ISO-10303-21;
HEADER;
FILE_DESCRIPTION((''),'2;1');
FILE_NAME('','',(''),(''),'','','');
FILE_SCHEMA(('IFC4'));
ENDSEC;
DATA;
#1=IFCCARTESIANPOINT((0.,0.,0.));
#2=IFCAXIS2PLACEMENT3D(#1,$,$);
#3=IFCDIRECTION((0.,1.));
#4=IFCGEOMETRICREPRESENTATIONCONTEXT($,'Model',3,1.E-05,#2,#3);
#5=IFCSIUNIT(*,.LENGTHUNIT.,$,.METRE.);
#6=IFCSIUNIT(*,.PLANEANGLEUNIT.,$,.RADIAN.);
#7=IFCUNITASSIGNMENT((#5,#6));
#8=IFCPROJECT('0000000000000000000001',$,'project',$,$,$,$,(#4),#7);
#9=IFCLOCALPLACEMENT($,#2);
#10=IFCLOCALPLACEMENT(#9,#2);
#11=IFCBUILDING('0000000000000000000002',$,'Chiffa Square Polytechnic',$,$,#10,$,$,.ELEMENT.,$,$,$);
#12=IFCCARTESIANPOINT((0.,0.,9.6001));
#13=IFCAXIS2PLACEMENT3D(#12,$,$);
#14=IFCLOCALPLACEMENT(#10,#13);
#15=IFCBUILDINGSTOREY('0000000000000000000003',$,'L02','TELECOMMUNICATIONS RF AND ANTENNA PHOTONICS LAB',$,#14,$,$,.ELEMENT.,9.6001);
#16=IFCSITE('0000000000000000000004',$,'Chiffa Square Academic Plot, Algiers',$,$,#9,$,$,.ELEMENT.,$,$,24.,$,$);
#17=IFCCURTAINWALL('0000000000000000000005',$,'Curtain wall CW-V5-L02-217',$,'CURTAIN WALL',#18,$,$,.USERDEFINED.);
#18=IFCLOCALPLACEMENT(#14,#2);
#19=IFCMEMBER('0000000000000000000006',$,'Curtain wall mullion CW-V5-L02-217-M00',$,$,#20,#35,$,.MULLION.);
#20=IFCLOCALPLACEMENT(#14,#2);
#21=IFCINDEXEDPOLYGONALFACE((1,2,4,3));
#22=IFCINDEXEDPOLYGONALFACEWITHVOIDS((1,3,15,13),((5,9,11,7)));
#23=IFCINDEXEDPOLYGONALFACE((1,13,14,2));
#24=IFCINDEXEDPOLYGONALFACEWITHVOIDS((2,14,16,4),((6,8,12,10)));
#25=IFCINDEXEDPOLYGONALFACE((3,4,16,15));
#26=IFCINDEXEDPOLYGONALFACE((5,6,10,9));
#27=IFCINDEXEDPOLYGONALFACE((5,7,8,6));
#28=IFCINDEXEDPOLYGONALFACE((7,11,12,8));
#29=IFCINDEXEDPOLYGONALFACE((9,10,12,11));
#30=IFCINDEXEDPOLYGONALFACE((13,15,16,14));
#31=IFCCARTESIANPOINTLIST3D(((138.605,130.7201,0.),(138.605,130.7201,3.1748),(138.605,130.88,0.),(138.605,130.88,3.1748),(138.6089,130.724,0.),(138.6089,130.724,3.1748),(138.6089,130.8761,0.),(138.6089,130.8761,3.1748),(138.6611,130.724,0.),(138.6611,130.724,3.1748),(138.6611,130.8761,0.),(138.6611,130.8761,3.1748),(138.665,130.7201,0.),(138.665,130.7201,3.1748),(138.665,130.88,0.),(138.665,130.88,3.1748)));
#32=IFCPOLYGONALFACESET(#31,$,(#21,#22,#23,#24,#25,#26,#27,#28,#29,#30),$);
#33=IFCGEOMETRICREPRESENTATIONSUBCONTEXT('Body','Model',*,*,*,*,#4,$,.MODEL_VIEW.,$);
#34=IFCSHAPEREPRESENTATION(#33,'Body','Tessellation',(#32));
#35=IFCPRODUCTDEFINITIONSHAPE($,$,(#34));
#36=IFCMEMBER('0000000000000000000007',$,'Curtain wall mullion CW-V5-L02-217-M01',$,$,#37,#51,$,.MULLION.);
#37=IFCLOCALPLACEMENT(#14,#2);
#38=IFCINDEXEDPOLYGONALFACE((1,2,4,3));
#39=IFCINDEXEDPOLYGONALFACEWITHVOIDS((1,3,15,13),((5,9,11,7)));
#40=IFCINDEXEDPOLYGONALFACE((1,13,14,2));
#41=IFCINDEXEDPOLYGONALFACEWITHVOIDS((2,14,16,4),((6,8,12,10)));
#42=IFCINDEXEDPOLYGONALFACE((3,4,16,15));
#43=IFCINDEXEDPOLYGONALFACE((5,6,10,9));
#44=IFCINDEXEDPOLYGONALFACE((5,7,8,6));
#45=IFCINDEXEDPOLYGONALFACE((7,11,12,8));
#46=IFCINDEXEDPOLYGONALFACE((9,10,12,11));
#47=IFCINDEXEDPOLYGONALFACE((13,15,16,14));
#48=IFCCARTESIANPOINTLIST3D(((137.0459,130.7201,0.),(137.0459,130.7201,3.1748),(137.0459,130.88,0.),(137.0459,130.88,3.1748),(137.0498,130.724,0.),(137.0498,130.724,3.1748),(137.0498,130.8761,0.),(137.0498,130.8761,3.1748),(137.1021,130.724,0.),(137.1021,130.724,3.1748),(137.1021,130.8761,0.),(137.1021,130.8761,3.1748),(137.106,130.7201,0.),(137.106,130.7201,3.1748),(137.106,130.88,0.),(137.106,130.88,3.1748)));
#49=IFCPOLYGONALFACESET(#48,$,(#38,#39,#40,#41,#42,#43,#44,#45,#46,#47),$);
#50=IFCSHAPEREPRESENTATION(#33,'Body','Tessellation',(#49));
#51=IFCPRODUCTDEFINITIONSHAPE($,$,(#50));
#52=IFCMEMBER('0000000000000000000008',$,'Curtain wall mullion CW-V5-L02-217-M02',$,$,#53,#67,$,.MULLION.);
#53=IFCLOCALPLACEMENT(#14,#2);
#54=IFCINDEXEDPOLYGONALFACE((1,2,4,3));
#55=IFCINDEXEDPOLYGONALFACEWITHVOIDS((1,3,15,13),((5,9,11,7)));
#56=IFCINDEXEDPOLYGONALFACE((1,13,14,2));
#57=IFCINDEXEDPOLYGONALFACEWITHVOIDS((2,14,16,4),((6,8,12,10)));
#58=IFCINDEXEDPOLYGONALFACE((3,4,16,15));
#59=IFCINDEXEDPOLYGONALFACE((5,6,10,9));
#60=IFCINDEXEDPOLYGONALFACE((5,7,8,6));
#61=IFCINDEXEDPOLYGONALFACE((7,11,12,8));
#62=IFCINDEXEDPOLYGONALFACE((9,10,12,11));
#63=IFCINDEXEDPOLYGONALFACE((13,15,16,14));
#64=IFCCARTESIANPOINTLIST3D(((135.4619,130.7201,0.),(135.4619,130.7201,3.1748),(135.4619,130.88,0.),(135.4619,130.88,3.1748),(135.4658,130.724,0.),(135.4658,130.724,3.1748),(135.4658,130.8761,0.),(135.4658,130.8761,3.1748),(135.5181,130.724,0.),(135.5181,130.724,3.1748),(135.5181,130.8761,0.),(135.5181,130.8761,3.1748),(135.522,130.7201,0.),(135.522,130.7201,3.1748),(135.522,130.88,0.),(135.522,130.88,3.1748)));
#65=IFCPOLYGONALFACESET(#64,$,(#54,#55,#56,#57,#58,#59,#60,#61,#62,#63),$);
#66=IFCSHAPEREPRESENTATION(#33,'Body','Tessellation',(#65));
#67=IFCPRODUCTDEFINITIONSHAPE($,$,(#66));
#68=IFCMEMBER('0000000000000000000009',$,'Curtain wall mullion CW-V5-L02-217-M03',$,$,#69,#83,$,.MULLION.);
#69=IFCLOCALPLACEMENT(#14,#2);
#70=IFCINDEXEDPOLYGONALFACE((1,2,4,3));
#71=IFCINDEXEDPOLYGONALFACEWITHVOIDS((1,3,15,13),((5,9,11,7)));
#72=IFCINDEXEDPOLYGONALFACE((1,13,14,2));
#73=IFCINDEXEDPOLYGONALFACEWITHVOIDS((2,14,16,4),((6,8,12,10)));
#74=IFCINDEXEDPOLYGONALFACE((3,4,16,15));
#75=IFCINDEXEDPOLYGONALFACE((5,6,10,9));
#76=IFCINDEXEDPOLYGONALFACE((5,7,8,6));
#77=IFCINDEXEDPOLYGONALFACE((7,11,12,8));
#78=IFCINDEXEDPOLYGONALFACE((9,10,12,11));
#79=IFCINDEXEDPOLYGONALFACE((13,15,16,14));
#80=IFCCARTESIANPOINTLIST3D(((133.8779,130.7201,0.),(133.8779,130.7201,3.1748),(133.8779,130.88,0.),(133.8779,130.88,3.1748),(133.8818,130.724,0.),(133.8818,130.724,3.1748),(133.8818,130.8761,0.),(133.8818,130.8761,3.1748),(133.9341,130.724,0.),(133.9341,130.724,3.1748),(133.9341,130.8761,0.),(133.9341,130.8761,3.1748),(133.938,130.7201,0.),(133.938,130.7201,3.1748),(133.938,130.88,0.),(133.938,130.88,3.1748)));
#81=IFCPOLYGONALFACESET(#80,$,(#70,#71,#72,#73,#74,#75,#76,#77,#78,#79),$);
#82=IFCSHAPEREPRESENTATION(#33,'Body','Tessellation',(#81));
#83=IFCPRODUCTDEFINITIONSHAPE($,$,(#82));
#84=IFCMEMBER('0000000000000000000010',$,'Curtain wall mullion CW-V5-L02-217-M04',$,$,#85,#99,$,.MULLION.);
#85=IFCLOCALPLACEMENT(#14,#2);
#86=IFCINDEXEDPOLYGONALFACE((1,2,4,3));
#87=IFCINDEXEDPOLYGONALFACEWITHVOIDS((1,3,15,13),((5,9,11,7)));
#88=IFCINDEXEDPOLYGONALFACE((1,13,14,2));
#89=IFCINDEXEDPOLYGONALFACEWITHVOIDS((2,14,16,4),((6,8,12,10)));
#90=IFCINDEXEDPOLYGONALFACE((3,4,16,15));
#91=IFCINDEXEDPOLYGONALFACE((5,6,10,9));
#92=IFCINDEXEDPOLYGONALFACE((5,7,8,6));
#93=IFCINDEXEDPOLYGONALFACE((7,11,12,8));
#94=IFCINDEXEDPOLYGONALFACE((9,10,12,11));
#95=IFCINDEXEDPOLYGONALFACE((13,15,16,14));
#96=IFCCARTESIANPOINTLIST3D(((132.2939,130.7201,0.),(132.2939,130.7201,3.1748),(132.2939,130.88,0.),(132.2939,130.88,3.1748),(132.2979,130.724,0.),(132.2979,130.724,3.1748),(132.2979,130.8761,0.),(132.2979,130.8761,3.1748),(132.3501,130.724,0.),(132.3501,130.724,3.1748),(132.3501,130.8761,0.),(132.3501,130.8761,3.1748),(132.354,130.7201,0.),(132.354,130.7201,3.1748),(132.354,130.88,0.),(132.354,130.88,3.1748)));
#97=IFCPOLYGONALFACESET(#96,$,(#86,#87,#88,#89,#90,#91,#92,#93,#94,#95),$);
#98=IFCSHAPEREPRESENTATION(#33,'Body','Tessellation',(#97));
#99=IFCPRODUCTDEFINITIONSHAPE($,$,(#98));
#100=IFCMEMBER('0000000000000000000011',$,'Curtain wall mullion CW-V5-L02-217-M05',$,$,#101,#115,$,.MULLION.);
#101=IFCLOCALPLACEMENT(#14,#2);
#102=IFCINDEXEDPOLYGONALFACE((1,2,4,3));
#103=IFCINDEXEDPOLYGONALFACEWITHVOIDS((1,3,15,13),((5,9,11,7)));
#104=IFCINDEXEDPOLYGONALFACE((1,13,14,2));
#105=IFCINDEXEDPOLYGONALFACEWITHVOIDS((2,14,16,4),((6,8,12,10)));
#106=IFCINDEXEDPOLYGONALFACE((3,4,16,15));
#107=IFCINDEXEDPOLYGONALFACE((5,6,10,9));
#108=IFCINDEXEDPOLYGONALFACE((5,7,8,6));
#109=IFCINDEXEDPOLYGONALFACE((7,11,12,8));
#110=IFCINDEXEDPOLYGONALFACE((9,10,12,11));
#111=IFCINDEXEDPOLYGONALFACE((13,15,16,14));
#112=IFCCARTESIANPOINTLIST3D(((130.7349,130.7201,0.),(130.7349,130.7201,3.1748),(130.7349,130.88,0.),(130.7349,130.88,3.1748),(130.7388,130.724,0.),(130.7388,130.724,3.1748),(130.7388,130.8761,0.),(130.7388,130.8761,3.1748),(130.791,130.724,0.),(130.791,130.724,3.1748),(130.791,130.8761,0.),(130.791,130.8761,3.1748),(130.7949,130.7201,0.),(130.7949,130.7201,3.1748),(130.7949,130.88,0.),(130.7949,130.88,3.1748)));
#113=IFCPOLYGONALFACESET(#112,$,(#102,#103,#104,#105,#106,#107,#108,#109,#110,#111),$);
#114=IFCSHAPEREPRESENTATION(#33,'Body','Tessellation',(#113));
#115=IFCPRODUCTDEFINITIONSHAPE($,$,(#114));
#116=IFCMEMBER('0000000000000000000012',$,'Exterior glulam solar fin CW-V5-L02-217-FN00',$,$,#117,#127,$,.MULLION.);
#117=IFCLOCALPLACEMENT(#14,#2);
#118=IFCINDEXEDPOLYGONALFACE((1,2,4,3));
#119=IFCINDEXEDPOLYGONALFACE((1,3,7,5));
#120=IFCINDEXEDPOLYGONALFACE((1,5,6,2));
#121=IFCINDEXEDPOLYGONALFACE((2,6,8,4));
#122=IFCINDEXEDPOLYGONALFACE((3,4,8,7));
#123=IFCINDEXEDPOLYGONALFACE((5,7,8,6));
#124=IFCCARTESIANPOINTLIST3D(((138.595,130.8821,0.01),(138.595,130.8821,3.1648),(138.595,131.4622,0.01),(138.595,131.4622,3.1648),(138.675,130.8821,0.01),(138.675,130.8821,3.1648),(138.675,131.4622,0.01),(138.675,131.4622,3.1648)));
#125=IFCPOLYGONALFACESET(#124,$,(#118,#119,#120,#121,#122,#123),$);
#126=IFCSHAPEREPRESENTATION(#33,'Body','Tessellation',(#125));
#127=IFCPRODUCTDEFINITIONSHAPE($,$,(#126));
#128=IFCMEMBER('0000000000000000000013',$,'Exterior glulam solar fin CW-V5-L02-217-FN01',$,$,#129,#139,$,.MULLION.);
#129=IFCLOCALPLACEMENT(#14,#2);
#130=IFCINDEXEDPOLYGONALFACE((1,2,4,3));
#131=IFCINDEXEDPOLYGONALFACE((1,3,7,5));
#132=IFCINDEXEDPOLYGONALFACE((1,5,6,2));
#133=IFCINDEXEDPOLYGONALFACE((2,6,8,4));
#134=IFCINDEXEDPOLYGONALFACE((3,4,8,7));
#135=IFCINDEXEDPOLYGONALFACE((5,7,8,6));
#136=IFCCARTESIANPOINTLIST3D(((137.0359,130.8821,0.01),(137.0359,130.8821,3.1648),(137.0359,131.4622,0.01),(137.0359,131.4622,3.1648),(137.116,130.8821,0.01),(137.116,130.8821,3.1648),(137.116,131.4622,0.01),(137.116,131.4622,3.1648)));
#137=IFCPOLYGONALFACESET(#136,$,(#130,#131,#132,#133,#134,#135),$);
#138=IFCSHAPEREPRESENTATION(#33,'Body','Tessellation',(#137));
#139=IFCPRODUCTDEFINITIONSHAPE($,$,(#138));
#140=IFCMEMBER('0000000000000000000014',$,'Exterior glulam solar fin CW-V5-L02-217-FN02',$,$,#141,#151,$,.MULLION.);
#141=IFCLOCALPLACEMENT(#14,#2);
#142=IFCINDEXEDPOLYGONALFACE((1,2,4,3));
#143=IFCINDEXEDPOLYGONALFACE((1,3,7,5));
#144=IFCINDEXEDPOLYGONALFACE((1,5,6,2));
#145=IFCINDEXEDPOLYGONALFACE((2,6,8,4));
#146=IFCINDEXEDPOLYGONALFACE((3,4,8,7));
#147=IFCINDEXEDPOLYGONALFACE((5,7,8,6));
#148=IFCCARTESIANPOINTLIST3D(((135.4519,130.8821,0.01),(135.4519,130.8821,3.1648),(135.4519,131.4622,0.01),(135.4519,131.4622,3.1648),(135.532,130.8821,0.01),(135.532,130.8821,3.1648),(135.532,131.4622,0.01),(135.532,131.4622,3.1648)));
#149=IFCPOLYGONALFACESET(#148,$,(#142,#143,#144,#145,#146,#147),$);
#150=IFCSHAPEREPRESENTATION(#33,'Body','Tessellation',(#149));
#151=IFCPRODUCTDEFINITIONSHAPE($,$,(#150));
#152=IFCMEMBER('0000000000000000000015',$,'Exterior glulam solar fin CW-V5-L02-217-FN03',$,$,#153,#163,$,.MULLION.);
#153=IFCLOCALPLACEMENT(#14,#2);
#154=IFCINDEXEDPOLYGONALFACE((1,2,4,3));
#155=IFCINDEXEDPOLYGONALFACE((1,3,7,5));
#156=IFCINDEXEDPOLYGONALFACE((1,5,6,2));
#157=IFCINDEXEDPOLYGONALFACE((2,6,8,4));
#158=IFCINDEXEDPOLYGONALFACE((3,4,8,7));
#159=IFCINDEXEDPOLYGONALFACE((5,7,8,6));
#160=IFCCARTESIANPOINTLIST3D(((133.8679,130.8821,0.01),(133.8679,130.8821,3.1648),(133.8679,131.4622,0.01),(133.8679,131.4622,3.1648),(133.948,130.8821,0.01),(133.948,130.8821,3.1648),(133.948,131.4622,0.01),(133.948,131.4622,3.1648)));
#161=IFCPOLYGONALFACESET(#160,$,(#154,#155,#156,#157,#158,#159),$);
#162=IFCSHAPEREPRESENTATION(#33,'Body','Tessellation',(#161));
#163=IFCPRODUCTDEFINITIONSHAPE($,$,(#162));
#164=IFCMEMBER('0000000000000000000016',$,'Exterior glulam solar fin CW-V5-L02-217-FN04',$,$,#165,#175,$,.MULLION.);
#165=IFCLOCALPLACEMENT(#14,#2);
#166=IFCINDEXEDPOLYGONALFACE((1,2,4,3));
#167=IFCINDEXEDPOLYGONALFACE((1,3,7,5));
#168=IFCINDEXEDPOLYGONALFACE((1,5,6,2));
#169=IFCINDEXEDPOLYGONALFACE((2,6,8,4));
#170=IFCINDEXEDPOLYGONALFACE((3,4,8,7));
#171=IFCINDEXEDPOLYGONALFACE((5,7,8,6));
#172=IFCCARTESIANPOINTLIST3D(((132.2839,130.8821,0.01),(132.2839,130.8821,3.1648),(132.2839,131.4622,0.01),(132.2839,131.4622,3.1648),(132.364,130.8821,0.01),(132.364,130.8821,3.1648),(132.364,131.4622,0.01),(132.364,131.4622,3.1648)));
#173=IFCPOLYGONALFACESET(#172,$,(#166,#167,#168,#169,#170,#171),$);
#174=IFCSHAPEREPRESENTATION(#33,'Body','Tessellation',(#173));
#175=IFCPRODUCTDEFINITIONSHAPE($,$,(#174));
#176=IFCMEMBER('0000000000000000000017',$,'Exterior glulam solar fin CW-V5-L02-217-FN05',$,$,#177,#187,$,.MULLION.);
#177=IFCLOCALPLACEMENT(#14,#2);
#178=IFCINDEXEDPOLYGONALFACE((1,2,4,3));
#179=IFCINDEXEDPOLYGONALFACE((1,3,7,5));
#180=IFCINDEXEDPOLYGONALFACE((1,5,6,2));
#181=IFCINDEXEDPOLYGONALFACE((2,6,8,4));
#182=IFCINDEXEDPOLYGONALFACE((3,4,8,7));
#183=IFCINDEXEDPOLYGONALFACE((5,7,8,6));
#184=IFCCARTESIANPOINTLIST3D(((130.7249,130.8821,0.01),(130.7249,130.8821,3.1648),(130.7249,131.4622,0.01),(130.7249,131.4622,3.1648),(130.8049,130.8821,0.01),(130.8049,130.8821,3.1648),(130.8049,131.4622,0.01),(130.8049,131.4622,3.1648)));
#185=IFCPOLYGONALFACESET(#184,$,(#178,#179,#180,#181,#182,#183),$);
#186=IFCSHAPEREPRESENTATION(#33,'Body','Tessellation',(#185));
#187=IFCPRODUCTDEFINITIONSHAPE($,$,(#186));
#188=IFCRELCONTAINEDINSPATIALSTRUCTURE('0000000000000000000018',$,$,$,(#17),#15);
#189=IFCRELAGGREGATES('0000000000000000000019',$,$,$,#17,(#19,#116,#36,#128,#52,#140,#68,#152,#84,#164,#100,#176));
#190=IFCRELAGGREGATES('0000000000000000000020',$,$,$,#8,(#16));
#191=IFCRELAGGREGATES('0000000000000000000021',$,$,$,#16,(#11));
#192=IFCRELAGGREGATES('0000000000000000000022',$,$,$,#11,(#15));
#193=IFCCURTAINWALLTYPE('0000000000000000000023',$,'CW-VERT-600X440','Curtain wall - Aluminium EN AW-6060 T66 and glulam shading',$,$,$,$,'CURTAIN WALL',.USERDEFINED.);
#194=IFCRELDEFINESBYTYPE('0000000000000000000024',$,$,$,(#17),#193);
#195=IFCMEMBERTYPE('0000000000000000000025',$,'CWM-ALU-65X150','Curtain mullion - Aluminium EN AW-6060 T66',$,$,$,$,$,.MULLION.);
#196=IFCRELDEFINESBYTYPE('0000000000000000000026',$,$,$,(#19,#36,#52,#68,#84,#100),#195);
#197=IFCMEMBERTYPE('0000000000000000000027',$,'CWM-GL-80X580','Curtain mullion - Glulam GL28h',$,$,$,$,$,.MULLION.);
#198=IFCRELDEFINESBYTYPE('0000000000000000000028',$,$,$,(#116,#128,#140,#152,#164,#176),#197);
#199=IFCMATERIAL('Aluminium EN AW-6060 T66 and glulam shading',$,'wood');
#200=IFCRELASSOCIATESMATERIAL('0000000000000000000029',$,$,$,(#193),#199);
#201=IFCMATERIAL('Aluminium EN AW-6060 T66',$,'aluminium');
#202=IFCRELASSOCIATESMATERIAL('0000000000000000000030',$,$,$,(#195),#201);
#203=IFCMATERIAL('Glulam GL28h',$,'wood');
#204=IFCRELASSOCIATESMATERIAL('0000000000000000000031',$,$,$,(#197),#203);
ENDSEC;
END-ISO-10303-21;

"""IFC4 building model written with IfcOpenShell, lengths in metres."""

from ifc_helpers import new_model, si_unit, direction, frame, origin, origin_2d, place, context, subcontext, project, spatial, rectangle, hollow_rectangle, extrude, material, material_profile, profile_set, type_object, element, aggregate, save


model = new_model("IFC4")

# Units and contexts
model_context = context("Model", 3, precision=1e-05, world=origin(), true_north=direction((0.0, 1.0)))
body_context = subcontext(model_context, "Body", "Model", "MODEL_VIEW")
ifc_project = project(units=[si_unit("LENGTHUNIT", "METRE"), si_unit("PLANEANGLEUNIT", "RADIAN")], contexts=[model_context])

# Site, building, storey
site_placement = place(None, origin())
site = spatial("IfcSite", under=ifc_project, at=site_placement, Name="Chiffa Square Academic Plot, Algiers", CompositionType="ELEMENT", RefElevation=24.0)
building_placement = place(site_placement, origin())
building = spatial("IfcBuilding", under=site, at=building_placement, Name="Chiffa Square Polytechnic", CompositionType="ELEMENT")
storey_placement = place(building_placement, frame((0.0, 0.0, 9.6001)))
storey = spatial("IfcBuildingStorey", under=building, at=storey_placement, Name="L02", Description="TELECOMMUNICATIONS RF AND ANTENNA PHOTONICS LAB", CompositionType="ELEMENT", Elevation=9.6001)

# Curtain wall, members
ifc_material_1 = material(Name="Aluminium EN AW-6060 T66 and glulam shading", Category="wood")
curtain_wall_type = type_object("IfcCurtainWallType", Name="CW-VERT-600X440", Description="Curtain wall - Aluminium EN AW-6060 T66 and glulam shading", ElementType="CURTAIN WALL", PredefinedType="USERDEFINED", material=ifc_material_1)
curtain_wall_placement = place(storey_placement, origin())
curtain_wall = element("IfcCurtainWall", 1, at=curtain_wall_placement, inside=storey, type_object=curtain_wall_type, Name="Curtain wall CW-V5-L02-217", ObjectType="CURTAIN WALL", PredefinedType="USERDEFINED")
ifc_material_2 = material(Name="Aluminium EN AW-6060 T66", Category="aluminium")
ifc_material_profile_1 = material_profile(ifc_material_2, hollow_rectangle(XDim=0.0601, YDim=0.1599, WallThickness=0.0039, at=origin_2d()), Name="ALU 60x160x4")
ifc_profile_set_1 = profile_set([ifc_material_profile_1], Name="Aluminium EN AW-6060 T66")
member_type_1 = type_object("IfcMemberType", Name="CWM-ALU-65X150", Description="Curtain mullion - Aluminium EN AW-6060 T66", PredefinedType="MULLION", material=ifc_profile_set_1)
member_1_placement = place(storey_placement, frame((138.635, 130.8, 0.0), z_axis=(0.0, 0.0, 1.0), x_axis=(1.0, 0.0, 0.0)))
member_1 = element("IfcMember", 2, at=member_1_placement, type_object=member_type_1, Name="Curtain wall mullion CW-V5-L02-217-M00", PredefinedType="MULLION", context=body_context, shape_type="SweptSolid", body=[
    extrude(hollow_rectangle(XDim=0.0601, YDim=0.1599, WallThickness=0.0039, at=origin_2d()), origin(), (0.0, 0.0, 1.0), 3.1748),
])
member_2_placement = place(storey_placement, frame((137.0759, 130.8, 0.0), z_axis=(0.0, 0.0, 1.0), x_axis=(1.0, 0.0, 0.0)))
member_2 = element("IfcMember", 3, at=member_2_placement, type_object=member_type_1, Name="Curtain wall mullion CW-V5-L02-217-M01", PredefinedType="MULLION", context=body_context, shape_type="SweptSolid", body=[
    extrude(hollow_rectangle(XDim=0.0601, YDim=0.1599, WallThickness=0.0039, at=origin_2d()), origin(), (0.0, 0.0, 1.0), 3.1748),
])
member_3_placement = place(storey_placement, frame((135.4919, 130.8, 0.0), z_axis=(0.0, 0.0, 1.0), x_axis=(1.0, 0.0, 0.0)))
member_3 = element("IfcMember", 4, at=member_3_placement, type_object=member_type_1, Name="Curtain wall mullion CW-V5-L02-217-M02", PredefinedType="MULLION", context=body_context, shape_type="SweptSolid", body=[
    extrude(hollow_rectangle(XDim=0.0601, YDim=0.1599, WallThickness=0.0039, at=origin_2d()), origin(), (0.0, 0.0, 1.0), 3.1748),
])
member_4_placement = place(storey_placement, frame((133.908, 130.8, 0.0), z_axis=(0.0, 0.0, 1.0), x_axis=(1.0, 0.0, 0.0)))
member_4 = element("IfcMember", 5, at=member_4_placement, type_object=member_type_1, Name="Curtain wall mullion CW-V5-L02-217-M03", PredefinedType="MULLION", context=body_context, shape_type="SweptSolid", body=[
    extrude(hollow_rectangle(XDim=0.0601, YDim=0.1599, WallThickness=0.0039, at=origin_2d()), origin(), (0.0, 0.0, 1.0), 3.1748),
])
member_5_placement = place(storey_placement, frame((132.324, 130.8, 0.0), z_axis=(0.0, 0.0, 1.0), x_axis=(1.0, 0.0, 0.0)))
member_5 = element("IfcMember", 6, at=member_5_placement, type_object=member_type_1, Name="Curtain wall mullion CW-V5-L02-217-M04", PredefinedType="MULLION", context=body_context, shape_type="SweptSolid", body=[
    extrude(hollow_rectangle(XDim=0.0601, YDim=0.1599, WallThickness=0.0039, at=origin_2d()), origin(), (0.0, 0.0, 1.0), 3.1748),
])
member_6_placement = place(storey_placement, frame((130.7649, 130.8, 0.0), z_axis=(0.0, 0.0, 1.0), x_axis=(1.0, 0.0, 0.0)))
member_6 = element("IfcMember", 7, at=member_6_placement, type_object=member_type_1, Name="Curtain wall mullion CW-V5-L02-217-M05", PredefinedType="MULLION", context=body_context, shape_type="SweptSolid", body=[
    extrude(hollow_rectangle(XDim=0.0601, YDim=0.1599, WallThickness=0.0039, at=origin_2d()), origin(), (0.0, 0.0, 1.0), 3.1748),
])
ifc_material_3 = material(Name="Glulam GL28h", Category="wood")
ifc_material_profile_2 = material_profile(ifc_material_3, rectangle(XDim=0.0801, YDim=0.5801, at=origin_2d()), Name="GL28h 80x580")
ifc_profile_set_2 = profile_set([ifc_material_profile_2], Name="Glulam GL28h")
member_type_2 = type_object("IfcMemberType", Name="CWM-GL-80X580", Description="Curtain mullion - Glulam GL28h", PredefinedType="MULLION", material=ifc_profile_set_2)
member_7_placement = place(storey_placement, frame((138.635, 131.1721, 0.01), z_axis=(0.0, 0.0, 1.0), x_axis=(-1.0, 0.0, 0.0)))
member_7 = element("IfcMember", 8, at=member_7_placement, type_object=member_type_2, Name="Exterior glulam solar fin CW-V5-L02-217-FN00", PredefinedType="MULLION", context=body_context, shape_type="SweptSolid", body=[
    extrude(rectangle(XDim=0.0801, YDim=0.5801, at=origin_2d()), origin(), (0.0, 0.0, 1.0), 3.1548),
])
member_8_placement = place(storey_placement, frame((137.0759, 131.1721, 0.01), z_axis=(0.0, 0.0, 1.0), x_axis=(-1.0, 0.0, 0.0)))
member_8 = element("IfcMember", 9, at=member_8_placement, type_object=member_type_2, Name="Exterior glulam solar fin CW-V5-L02-217-FN01", PredefinedType="MULLION", context=body_context, shape_type="SweptSolid", body=[
    extrude(rectangle(XDim=0.0801, YDim=0.5801, at=origin_2d()), origin(), (0.0, 0.0, 1.0), 3.1548),
])
member_9_placement = place(storey_placement, frame((135.4919, 131.1721, 0.01), z_axis=(0.0, 0.0, 1.0), x_axis=(-1.0, 0.0, 0.0)))
member_9 = element("IfcMember", 10, at=member_9_placement, type_object=member_type_2, Name="Exterior glulam solar fin CW-V5-L02-217-FN02", PredefinedType="MULLION", context=body_context, shape_type="SweptSolid", body=[
    extrude(rectangle(XDim=0.0801, YDim=0.5801, at=origin_2d()), origin(), (0.0, 0.0, 1.0), 3.1548),
])
member_10_placement = place(storey_placement, frame((133.908, 131.1721, 0.01), z_axis=(0.0, 0.0, 1.0), x_axis=(-1.0, 0.0, 0.0)))
member_10 = element("IfcMember", 11, at=member_10_placement, type_object=member_type_2, Name="Exterior glulam solar fin CW-V5-L02-217-FN03", PredefinedType="MULLION", context=body_context, shape_type="SweptSolid", body=[
    extrude(rectangle(XDim=0.0801, YDim=0.5801, at=origin_2d()), origin(), (0.0, 0.0, 1.0), 3.1548),
])
member_11_placement = place(storey_placement, frame((132.324, 131.1721, 0.01), z_axis=(0.0, 0.0, 1.0), x_axis=(-1.0, 0.0, 0.0)))
member_11 = element("IfcMember", 12, at=member_11_placement, type_object=member_type_2, Name="Exterior glulam solar fin CW-V5-L02-217-FN04", PredefinedType="MULLION", context=body_context, shape_type="SweptSolid", body=[
    extrude(rectangle(XDim=0.0801, YDim=0.5801, at=origin_2d()), origin(), (0.0, 0.0, 1.0), 3.1548),
])
member_12_placement = place(storey_placement, frame((130.7649, 131.1721, 0.01), z_axis=(0.0, 0.0, 1.0), x_axis=(-1.0, 0.0, 0.0)))
member_12 = element("IfcMember", 13, at=member_12_placement, type_object=member_type_2, Name="Exterior glulam solar fin CW-V5-L02-217-FN05", PredefinedType="MULLION", context=body_context, shape_type="SweptSolid", body=[
    extrude(rectangle(XDim=0.0801, YDim=0.5801, at=origin_2d()), origin(), (0.0, 0.0, 1.0), 3.1548),
])
aggregate(curtain_wall, [member_1, member_7, member_2, member_8, member_3, member_9, member_4, member_10, member_5, member_11, member_6, member_12])

save(model, "model.ifc")
